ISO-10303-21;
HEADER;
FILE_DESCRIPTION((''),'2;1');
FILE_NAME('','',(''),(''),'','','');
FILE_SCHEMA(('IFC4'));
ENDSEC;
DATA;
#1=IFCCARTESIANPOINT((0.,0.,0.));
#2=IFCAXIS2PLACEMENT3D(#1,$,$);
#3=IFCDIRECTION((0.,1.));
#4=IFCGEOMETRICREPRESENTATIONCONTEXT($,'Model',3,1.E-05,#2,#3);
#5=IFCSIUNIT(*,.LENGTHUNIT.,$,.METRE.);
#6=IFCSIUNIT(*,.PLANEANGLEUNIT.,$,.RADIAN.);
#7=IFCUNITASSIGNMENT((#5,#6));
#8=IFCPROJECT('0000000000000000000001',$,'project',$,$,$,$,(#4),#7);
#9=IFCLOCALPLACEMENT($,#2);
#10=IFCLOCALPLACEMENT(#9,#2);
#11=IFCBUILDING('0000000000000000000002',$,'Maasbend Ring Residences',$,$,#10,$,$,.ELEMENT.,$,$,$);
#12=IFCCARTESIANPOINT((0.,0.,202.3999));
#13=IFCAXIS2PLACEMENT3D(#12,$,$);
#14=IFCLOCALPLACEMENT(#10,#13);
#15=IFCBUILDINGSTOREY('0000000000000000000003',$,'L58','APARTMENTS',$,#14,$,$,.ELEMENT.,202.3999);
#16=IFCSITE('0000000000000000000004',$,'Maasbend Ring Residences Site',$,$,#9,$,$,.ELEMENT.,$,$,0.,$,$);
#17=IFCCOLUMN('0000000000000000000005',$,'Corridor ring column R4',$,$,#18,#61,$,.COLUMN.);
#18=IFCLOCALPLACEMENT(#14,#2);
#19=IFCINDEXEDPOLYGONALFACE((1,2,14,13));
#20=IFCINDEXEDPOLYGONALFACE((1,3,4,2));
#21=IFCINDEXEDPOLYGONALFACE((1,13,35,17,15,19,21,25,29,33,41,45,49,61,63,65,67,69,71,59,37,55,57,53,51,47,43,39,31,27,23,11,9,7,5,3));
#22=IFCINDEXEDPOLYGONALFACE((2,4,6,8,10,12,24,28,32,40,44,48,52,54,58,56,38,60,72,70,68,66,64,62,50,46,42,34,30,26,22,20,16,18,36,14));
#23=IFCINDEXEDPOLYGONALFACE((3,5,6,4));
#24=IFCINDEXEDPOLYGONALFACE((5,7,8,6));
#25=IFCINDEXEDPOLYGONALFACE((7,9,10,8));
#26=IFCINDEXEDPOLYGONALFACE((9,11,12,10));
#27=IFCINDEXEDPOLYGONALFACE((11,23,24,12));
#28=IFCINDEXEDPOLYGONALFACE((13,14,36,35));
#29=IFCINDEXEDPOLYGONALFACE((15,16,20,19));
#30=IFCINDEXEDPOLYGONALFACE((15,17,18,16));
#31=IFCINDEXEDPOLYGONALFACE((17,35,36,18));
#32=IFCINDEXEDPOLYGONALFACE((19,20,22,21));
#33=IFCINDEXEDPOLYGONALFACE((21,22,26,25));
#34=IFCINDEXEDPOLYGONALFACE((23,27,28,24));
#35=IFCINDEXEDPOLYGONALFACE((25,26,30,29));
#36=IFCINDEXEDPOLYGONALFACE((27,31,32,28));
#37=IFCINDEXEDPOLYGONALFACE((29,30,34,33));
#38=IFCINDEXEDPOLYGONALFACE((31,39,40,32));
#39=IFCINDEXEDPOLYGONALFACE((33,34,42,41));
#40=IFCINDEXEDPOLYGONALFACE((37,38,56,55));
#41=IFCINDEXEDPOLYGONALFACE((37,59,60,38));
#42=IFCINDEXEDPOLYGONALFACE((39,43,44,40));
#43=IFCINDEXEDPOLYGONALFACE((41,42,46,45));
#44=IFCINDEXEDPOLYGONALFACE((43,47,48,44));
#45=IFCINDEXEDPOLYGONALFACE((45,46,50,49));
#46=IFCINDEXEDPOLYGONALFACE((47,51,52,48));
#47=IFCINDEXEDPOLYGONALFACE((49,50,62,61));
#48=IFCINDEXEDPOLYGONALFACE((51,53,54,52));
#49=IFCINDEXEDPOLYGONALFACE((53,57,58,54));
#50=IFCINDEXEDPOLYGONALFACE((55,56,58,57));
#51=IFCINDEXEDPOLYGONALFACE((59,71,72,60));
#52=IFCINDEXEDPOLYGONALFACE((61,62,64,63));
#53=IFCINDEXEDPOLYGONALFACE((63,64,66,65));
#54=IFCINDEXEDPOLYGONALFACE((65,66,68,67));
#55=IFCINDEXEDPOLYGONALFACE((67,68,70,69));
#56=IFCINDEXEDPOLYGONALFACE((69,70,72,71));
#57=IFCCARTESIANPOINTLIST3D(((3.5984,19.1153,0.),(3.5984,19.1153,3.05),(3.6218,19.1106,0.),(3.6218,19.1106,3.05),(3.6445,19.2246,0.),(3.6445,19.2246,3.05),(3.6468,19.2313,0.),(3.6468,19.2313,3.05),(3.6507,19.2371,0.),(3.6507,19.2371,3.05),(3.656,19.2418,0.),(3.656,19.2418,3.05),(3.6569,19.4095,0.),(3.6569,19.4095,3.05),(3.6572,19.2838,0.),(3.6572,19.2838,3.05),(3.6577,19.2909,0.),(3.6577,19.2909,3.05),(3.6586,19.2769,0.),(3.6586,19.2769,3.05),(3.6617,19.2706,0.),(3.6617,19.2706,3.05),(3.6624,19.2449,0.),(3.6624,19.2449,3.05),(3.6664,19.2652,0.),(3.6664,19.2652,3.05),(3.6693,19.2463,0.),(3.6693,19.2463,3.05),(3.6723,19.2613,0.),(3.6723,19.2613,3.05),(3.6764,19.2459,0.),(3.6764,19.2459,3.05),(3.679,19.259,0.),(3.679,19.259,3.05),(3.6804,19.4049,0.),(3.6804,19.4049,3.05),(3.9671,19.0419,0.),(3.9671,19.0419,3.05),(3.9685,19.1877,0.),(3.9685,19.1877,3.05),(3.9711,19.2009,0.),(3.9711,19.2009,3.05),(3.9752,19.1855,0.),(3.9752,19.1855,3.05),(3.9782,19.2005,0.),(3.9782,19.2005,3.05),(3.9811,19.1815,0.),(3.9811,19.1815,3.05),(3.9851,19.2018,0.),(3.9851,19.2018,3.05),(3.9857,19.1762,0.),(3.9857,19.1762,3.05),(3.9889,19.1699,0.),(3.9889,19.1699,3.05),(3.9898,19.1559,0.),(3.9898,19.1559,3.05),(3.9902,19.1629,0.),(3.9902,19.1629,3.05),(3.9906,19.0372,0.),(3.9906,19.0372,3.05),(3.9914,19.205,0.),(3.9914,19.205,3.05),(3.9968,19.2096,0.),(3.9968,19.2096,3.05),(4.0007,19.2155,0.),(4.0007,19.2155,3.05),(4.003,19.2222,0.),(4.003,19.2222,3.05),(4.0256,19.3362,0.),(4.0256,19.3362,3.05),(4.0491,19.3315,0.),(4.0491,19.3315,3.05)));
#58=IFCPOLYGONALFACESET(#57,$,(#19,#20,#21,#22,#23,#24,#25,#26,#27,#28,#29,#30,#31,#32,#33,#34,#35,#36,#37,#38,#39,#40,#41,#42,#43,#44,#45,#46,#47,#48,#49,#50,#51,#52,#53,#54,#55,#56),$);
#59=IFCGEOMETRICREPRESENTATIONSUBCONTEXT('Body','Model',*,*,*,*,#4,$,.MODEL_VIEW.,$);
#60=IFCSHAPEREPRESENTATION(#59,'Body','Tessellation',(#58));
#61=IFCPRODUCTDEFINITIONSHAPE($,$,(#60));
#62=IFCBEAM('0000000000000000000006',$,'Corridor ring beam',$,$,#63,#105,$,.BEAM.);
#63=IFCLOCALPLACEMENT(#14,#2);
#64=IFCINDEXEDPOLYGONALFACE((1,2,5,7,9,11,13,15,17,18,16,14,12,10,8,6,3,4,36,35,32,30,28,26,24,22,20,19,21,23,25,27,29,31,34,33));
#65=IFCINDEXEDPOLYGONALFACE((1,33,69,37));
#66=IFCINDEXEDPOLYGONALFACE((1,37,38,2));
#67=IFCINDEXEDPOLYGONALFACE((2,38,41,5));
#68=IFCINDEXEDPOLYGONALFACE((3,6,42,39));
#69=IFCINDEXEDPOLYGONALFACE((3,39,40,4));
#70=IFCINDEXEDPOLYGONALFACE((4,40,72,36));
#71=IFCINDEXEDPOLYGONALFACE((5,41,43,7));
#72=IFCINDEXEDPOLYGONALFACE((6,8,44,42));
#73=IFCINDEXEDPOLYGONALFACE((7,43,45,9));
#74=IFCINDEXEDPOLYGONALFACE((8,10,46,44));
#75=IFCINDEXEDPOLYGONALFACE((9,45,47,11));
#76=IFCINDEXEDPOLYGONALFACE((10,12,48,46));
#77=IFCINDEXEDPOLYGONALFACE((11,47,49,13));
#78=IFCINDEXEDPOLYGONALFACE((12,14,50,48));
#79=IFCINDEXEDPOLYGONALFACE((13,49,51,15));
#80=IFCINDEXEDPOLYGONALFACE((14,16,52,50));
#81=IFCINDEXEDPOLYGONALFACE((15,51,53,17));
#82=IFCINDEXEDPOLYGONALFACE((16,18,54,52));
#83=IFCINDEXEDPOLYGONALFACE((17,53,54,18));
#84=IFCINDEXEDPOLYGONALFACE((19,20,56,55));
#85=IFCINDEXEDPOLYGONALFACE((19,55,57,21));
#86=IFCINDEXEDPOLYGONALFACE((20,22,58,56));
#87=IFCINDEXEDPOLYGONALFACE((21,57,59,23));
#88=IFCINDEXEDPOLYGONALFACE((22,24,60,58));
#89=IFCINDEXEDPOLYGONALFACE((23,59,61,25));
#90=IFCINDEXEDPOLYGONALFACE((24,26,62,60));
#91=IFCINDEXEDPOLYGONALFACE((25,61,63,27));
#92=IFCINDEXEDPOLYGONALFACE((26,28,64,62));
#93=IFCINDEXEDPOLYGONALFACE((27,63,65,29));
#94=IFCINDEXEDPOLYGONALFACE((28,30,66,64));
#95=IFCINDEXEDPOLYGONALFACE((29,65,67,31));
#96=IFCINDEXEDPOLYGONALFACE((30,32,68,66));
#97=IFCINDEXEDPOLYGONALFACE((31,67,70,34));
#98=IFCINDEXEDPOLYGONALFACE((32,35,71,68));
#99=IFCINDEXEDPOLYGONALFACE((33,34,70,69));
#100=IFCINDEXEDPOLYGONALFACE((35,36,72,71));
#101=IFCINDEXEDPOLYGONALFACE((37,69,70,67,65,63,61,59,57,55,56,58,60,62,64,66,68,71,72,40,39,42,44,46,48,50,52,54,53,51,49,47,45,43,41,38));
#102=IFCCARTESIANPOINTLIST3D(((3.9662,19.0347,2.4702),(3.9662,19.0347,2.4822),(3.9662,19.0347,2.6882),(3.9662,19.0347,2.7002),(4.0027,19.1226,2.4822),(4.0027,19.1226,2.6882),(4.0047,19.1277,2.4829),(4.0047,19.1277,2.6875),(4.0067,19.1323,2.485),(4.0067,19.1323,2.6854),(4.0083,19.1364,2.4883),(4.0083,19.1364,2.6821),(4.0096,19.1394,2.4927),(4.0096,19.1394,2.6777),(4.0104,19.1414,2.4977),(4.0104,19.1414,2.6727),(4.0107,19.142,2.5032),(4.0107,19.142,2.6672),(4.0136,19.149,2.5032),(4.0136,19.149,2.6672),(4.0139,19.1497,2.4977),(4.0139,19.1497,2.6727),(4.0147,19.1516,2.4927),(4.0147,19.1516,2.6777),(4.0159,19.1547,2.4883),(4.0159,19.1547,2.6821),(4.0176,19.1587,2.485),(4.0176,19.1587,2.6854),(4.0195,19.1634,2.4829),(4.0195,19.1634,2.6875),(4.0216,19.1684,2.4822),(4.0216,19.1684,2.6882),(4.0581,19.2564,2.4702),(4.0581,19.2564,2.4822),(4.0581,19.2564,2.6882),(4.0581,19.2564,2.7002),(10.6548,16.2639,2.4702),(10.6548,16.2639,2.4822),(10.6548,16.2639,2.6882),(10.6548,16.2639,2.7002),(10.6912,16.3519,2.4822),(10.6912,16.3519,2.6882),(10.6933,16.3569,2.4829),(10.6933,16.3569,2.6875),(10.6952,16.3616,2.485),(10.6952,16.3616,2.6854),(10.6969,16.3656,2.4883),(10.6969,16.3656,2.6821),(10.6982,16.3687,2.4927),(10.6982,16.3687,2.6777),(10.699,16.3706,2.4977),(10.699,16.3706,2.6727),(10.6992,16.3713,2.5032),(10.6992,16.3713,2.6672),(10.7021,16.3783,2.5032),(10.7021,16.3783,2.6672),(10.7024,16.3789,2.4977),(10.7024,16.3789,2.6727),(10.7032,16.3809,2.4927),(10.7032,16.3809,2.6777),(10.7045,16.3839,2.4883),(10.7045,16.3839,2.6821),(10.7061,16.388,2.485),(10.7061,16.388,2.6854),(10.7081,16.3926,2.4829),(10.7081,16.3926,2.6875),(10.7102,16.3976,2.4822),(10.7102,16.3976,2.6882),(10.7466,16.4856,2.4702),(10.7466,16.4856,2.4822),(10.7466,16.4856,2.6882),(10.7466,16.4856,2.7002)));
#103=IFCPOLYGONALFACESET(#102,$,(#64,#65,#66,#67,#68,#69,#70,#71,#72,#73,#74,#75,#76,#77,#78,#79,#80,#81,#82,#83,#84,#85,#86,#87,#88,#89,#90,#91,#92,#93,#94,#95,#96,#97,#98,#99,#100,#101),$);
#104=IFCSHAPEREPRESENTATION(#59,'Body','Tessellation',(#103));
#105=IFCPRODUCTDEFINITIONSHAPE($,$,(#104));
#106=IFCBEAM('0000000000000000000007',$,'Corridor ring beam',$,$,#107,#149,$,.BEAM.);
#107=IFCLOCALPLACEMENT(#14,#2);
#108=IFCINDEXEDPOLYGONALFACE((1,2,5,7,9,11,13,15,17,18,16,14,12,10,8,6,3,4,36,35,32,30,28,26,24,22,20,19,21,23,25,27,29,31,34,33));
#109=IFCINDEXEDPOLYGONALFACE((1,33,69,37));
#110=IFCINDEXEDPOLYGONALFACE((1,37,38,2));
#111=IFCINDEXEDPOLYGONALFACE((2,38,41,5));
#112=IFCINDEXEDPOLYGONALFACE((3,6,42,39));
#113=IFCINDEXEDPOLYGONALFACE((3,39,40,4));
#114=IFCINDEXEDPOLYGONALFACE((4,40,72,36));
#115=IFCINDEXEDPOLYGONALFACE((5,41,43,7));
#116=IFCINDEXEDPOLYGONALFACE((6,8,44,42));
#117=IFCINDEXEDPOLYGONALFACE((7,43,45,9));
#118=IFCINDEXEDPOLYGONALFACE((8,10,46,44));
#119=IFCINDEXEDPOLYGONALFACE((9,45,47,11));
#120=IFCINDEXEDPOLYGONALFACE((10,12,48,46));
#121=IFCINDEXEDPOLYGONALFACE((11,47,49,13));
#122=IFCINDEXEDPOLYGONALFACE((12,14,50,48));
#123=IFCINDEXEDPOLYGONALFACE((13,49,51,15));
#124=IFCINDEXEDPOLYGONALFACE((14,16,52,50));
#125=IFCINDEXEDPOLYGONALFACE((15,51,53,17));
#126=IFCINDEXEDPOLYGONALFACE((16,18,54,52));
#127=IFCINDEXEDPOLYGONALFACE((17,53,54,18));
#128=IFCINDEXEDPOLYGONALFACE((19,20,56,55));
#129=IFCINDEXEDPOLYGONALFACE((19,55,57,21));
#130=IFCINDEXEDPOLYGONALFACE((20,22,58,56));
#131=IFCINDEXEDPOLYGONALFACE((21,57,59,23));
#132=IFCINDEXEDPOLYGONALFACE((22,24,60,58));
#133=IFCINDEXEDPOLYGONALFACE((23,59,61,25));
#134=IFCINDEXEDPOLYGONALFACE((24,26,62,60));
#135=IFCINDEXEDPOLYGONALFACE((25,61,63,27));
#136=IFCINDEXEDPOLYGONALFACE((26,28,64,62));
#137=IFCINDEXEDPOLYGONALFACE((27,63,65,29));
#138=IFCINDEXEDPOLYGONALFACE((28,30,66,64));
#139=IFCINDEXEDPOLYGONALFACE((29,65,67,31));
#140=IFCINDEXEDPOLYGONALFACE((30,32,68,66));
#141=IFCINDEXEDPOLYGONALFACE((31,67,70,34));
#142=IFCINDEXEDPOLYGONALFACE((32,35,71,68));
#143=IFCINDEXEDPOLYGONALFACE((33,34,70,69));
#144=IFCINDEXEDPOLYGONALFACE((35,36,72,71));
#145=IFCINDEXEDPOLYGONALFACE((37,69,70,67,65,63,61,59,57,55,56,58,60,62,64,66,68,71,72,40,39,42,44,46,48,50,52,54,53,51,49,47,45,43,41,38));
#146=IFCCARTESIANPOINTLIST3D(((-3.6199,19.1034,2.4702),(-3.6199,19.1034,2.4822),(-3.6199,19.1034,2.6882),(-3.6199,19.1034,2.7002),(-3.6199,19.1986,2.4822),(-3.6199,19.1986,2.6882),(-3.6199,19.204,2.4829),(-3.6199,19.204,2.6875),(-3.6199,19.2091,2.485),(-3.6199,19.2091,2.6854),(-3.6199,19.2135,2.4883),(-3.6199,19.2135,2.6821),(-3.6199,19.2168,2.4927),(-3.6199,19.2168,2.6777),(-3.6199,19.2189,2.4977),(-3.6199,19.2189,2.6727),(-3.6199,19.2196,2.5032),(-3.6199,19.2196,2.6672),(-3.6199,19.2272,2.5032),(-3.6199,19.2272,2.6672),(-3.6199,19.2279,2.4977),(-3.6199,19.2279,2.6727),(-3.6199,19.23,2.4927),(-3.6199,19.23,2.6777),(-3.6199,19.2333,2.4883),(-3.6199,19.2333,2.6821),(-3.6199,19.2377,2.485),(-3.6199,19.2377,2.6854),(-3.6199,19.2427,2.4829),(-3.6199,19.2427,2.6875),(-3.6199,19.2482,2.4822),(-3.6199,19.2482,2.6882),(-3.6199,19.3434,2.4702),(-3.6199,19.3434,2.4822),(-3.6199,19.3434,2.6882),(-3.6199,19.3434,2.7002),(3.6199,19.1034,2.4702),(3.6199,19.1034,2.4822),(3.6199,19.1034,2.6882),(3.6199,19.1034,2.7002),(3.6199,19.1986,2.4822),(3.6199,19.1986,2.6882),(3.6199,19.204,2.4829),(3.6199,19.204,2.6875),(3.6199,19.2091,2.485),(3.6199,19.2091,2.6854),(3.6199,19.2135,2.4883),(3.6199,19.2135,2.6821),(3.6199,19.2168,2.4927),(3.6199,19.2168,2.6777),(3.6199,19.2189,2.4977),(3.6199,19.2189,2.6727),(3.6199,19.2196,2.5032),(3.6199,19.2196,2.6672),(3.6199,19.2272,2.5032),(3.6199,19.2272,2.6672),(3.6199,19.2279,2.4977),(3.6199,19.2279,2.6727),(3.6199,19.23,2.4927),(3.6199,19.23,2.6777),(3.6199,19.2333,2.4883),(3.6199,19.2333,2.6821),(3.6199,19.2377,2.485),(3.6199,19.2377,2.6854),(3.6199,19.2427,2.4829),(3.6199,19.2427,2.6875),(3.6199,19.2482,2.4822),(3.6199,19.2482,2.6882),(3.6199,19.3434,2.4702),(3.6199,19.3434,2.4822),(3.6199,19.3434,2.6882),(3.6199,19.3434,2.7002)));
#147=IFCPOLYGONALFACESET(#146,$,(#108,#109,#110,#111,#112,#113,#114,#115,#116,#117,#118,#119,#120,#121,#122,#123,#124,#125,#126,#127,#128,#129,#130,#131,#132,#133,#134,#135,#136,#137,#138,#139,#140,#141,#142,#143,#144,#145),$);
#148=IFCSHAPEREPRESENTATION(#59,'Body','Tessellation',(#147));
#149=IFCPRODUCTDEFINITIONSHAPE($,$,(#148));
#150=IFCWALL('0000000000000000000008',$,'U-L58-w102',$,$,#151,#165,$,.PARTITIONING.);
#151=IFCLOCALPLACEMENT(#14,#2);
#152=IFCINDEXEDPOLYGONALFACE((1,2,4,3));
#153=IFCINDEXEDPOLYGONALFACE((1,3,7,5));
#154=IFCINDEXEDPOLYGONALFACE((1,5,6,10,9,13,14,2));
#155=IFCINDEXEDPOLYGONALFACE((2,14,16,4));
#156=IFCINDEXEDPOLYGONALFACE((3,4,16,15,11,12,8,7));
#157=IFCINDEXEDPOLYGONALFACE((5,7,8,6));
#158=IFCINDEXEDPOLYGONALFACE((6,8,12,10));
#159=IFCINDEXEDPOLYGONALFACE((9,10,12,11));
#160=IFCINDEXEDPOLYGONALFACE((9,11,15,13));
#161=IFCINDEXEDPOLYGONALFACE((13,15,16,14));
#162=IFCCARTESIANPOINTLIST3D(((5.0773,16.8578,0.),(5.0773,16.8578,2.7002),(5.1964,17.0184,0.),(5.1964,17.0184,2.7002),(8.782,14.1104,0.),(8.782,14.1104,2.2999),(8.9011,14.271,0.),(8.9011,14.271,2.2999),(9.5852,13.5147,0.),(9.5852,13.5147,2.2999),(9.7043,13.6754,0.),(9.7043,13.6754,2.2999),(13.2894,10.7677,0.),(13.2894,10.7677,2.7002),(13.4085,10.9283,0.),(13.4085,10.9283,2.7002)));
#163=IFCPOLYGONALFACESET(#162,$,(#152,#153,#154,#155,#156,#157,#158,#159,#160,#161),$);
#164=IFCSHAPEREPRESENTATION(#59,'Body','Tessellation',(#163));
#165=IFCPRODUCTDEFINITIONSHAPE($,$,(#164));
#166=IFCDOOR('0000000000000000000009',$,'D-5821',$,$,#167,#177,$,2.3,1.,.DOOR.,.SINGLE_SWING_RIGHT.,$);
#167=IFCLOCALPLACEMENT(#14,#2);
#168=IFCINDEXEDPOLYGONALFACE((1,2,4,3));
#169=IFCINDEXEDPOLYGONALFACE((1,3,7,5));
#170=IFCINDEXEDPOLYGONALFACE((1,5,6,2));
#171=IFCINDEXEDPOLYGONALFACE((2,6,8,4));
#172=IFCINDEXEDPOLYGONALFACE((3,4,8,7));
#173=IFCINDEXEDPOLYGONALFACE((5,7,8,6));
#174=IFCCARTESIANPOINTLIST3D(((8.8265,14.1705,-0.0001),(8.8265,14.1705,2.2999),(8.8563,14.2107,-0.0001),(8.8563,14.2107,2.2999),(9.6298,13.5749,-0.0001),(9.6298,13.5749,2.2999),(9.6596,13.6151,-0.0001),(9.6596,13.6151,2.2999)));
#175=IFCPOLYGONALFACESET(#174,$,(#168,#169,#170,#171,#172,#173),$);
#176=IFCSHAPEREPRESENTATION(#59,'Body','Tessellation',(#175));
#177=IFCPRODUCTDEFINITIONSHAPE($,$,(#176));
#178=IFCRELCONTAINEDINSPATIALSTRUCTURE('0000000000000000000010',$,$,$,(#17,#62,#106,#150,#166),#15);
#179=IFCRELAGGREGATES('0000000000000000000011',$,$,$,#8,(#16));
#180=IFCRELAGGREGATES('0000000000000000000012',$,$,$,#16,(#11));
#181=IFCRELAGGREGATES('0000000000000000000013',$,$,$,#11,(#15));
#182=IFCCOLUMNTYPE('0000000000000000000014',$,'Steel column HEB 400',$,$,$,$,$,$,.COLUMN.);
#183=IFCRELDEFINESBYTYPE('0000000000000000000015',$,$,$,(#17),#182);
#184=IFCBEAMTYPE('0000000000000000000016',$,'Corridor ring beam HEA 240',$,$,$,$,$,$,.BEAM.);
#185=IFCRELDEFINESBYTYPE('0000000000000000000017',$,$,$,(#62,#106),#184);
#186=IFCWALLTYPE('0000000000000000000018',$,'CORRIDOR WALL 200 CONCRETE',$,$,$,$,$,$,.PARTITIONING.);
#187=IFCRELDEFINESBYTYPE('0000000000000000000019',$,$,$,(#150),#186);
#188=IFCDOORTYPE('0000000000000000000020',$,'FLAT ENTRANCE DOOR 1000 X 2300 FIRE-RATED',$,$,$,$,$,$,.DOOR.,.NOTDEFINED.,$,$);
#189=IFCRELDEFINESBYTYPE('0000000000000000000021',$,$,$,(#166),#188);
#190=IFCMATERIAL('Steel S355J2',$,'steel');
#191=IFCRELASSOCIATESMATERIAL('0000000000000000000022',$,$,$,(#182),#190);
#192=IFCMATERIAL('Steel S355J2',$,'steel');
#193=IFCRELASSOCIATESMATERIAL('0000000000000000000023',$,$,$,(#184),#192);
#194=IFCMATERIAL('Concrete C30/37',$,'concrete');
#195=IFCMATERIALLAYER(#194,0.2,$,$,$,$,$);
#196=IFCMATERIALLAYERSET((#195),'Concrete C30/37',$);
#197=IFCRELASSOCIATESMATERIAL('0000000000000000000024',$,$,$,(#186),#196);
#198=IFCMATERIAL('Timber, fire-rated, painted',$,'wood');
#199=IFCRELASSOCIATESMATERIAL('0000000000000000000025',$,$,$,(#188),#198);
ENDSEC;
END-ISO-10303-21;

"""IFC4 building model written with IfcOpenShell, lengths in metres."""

from ifc_helpers import new_model, si_unit, direction, frame, frame_2d, origin, origin_2d, place, context, subcontext, project, spatial, rectangle, i_section, extrude, material, layer, layer_set, material_profile, profile_set, type_object, element, fill, save


model = new_model("IFC4")

# Units and contexts
model_context = context("Model", 3, precision=1e-05, world=origin(), true_north=direction((0.0, 1.0)))
body_context = subcontext(model_context, "Body", "Model", "MODEL_VIEW")
ifc_project = project(units=[si_unit("LENGTHUNIT", "METRE"), si_unit("PLANEANGLEUNIT", "RADIAN")], contexts=[model_context])

# Site, building, storey
site_placement = place(None, origin())
site = spatial("IfcSite", under=ifc_project, at=site_placement, Name="Maasbend Ring Residences Site", CompositionType="ELEMENT", RefElevation=0.0)
building_placement = place(site_placement, origin())
building = spatial("IfcBuilding", under=site, at=building_placement, Name="Maasbend Ring Residences", CompositionType="ELEMENT")
storey_placement = place(building_placement, frame((0.0, 0.0, 202.3999)))
storey = spatial("IfcBuildingStorey", under=building, at=storey_placement, Name="L58", Description="APARTMENTS", CompositionType="ELEMENT", Elevation=202.3999)

# Column
ifc_material_1 = material(Name="Steel S355J2", Category="steel")
ifc_material_profile_1 = material_profile(ifc_material_1, i_section(OverallWidth=0.3, OverallDepth=0.3999, WebThickness=0.0134, FlangeThickness=0.0239, FilletRadius=0.0271, at=origin_2d()), Name="HEB 400")
ifc_profile_set_1 = profile_set([ifc_material_profile_1], Name="Steel S355J2")
column_type = type_object("IfcColumnType", Name="Steel column HEB 400", PredefinedType="COLUMN", material=ifc_profile_set_1)
column_placement = place(storey_placement, frame((3.8237, 19.2234, 0.0), z_axis=(0.0, 0.0, 1.0), x_axis=(0.19509, 0.980785, 0.0)))
element("IfcColumn", 1, at=column_placement, inside=storey, type_object=column_type, Name="Corridor ring column R4", PredefinedType="COLUMN", context=body_context, shape_type="SweptSolid", body=[
    extrude(i_section(OverallWidth=0.3, OverallDepth=0.3999, WebThickness=0.0134, FlangeThickness=0.0239, FilletRadius=0.0271, at=origin_2d()), origin(), (0.0, 0.0, 1.0), 3.05),
])

# Beams
ifc_material_2 = material(Name="Steel S355J2", Category="steel")
ifc_material_profile_2 = material_profile(ifc_material_2, i_section(OverallWidth=0.24, OverallDepth=0.23, WebThickness=0.0076, FlangeThickness=0.012, FilletRadius=0.021, at=origin_2d()), Name="HEA 240")
ifc_profile_set_2 = profile_set([ifc_material_profile_2], Name="Steel S355J2")
beam_type = type_object("IfcBeamType", Name="Corridor ring beam HEA 240", PredefinedType="BEAM", material=ifc_profile_set_2)
for number, where, z_axis, x_axis, name in (
    (2, (10.7007, 16.3748, 2.5852), (-0.923865, 0.382718, 0.0), (-0.382718, -0.923865, 0.0), "Corridor ring beam"),
    (3, (3.6199, 19.2234, 2.5852), (-1.0, 0.0, 0.0), (0.0, -1.0, 0.0), "Corridor ring beam"),
):
    element("IfcBeam", number, at=place(storey_placement, frame(where, z_axis=z_axis, x_axis=x_axis)), inside=storey, type_object=beam_type, Name=name, PredefinedType="BEAM", context=body_context, shape_type="SweptSolid", body=[
        extrude(i_section(OverallWidth=0.24, OverallDepth=0.23, WebThickness=0.0076, FlangeThickness=0.012, FilletRadius=0.021, at=origin_2d()), origin(), (0.0, 0.0, 1.0), 7.2397),
    ])

# Wall, opening, door
ifc_material_3 = material(Name="Concrete C30/37", Category="concrete")
ifc_layer_1 = layer(ifc_material_3, 0.2)
ifc_layer_set_1 = layer_set([ifc_layer_1], Name="Concrete C30/37")
wall_type_1 = type_object("IfcWallType", Name="CORRIDOR WALL 200 CONCRETE", PredefinedType="PARTITIONING", material=ifc_layer_set_1)
wall_1_placement = place(storey_placement, frame((5.137, 16.938, 0.0), z_axis=(0.0, 0.0, 1.0), x_axis=(0.803229, -0.59567, 0.0)))
wall_1 = element("IfcWall", 4, at=wall_1_placement, inside=storey, type_object=wall_type_1, Name="U-L58-w102", PredefinedType="PARTITIONING", context=body_context, shape_type="SweptSolid", body=[
    extrude(rectangle(XDim=10.2239, YDim=0.2, at=frame_2d((5.1118, 0.0))), origin(), (0.0, 0.0, 1.0), 2.7002),
])
opening_1_placement = place(wall_1_placement, frame((4.6121, 0.0, 0.0)))
opening_1 = element("IfcOpeningElement", 5, at=opening_1_placement, cuts=wall_1, PredefinedType="OPENING", context=body_context, shape_type="SweptSolid", body=[
    extrude(rectangle(XDim=1.0, YDim=2.3, at=frame_2d((0.5, 1.1499))), frame((0.0, 0.1099, 0.0), z_axis=(0.0, -1.0, 0.0), x_axis=(1.0, 0.0, 0.0)), (0.0, 0.0, 1.0), 0.22),
])
ifc_material_4 = material(Name="Timber, fire-rated, painted", Category="wood")
door_type_1 = type_object("IfcDoorType", Name="FLAT ENTRANCE DOOR 1000 X 2300 FIRE-RATED", OperationType="NOTDEFINED", PredefinedType="DOOR", material=ifc_material_4)
door_1_placement = place(opening_1_placement, origin())
door_1 = element("IfcDoor", 6, at=door_1_placement, inside=storey, type_object=door_type_1, Name="D-5821", OperationType="SINGLE_SWING_RIGHT", OverallHeight=2.3, OverallWidth=1.0, PredefinedType="DOOR", context=body_context, shape_type="SweptSolid", body=[
    extrude(rectangle(XDim=1.0, YDim=2.3, at=frame_2d((0.5, 1.1499))), frame((0.0, 0.0249, 0.0), z_axis=(0.0, -1.0, 0.0), x_axis=(1.0, 0.0, 0.0)), (0.0, 0.0, 1.0), 0.05),
])
fill(opening_1, door_1)

save(model, "model.ifc")
